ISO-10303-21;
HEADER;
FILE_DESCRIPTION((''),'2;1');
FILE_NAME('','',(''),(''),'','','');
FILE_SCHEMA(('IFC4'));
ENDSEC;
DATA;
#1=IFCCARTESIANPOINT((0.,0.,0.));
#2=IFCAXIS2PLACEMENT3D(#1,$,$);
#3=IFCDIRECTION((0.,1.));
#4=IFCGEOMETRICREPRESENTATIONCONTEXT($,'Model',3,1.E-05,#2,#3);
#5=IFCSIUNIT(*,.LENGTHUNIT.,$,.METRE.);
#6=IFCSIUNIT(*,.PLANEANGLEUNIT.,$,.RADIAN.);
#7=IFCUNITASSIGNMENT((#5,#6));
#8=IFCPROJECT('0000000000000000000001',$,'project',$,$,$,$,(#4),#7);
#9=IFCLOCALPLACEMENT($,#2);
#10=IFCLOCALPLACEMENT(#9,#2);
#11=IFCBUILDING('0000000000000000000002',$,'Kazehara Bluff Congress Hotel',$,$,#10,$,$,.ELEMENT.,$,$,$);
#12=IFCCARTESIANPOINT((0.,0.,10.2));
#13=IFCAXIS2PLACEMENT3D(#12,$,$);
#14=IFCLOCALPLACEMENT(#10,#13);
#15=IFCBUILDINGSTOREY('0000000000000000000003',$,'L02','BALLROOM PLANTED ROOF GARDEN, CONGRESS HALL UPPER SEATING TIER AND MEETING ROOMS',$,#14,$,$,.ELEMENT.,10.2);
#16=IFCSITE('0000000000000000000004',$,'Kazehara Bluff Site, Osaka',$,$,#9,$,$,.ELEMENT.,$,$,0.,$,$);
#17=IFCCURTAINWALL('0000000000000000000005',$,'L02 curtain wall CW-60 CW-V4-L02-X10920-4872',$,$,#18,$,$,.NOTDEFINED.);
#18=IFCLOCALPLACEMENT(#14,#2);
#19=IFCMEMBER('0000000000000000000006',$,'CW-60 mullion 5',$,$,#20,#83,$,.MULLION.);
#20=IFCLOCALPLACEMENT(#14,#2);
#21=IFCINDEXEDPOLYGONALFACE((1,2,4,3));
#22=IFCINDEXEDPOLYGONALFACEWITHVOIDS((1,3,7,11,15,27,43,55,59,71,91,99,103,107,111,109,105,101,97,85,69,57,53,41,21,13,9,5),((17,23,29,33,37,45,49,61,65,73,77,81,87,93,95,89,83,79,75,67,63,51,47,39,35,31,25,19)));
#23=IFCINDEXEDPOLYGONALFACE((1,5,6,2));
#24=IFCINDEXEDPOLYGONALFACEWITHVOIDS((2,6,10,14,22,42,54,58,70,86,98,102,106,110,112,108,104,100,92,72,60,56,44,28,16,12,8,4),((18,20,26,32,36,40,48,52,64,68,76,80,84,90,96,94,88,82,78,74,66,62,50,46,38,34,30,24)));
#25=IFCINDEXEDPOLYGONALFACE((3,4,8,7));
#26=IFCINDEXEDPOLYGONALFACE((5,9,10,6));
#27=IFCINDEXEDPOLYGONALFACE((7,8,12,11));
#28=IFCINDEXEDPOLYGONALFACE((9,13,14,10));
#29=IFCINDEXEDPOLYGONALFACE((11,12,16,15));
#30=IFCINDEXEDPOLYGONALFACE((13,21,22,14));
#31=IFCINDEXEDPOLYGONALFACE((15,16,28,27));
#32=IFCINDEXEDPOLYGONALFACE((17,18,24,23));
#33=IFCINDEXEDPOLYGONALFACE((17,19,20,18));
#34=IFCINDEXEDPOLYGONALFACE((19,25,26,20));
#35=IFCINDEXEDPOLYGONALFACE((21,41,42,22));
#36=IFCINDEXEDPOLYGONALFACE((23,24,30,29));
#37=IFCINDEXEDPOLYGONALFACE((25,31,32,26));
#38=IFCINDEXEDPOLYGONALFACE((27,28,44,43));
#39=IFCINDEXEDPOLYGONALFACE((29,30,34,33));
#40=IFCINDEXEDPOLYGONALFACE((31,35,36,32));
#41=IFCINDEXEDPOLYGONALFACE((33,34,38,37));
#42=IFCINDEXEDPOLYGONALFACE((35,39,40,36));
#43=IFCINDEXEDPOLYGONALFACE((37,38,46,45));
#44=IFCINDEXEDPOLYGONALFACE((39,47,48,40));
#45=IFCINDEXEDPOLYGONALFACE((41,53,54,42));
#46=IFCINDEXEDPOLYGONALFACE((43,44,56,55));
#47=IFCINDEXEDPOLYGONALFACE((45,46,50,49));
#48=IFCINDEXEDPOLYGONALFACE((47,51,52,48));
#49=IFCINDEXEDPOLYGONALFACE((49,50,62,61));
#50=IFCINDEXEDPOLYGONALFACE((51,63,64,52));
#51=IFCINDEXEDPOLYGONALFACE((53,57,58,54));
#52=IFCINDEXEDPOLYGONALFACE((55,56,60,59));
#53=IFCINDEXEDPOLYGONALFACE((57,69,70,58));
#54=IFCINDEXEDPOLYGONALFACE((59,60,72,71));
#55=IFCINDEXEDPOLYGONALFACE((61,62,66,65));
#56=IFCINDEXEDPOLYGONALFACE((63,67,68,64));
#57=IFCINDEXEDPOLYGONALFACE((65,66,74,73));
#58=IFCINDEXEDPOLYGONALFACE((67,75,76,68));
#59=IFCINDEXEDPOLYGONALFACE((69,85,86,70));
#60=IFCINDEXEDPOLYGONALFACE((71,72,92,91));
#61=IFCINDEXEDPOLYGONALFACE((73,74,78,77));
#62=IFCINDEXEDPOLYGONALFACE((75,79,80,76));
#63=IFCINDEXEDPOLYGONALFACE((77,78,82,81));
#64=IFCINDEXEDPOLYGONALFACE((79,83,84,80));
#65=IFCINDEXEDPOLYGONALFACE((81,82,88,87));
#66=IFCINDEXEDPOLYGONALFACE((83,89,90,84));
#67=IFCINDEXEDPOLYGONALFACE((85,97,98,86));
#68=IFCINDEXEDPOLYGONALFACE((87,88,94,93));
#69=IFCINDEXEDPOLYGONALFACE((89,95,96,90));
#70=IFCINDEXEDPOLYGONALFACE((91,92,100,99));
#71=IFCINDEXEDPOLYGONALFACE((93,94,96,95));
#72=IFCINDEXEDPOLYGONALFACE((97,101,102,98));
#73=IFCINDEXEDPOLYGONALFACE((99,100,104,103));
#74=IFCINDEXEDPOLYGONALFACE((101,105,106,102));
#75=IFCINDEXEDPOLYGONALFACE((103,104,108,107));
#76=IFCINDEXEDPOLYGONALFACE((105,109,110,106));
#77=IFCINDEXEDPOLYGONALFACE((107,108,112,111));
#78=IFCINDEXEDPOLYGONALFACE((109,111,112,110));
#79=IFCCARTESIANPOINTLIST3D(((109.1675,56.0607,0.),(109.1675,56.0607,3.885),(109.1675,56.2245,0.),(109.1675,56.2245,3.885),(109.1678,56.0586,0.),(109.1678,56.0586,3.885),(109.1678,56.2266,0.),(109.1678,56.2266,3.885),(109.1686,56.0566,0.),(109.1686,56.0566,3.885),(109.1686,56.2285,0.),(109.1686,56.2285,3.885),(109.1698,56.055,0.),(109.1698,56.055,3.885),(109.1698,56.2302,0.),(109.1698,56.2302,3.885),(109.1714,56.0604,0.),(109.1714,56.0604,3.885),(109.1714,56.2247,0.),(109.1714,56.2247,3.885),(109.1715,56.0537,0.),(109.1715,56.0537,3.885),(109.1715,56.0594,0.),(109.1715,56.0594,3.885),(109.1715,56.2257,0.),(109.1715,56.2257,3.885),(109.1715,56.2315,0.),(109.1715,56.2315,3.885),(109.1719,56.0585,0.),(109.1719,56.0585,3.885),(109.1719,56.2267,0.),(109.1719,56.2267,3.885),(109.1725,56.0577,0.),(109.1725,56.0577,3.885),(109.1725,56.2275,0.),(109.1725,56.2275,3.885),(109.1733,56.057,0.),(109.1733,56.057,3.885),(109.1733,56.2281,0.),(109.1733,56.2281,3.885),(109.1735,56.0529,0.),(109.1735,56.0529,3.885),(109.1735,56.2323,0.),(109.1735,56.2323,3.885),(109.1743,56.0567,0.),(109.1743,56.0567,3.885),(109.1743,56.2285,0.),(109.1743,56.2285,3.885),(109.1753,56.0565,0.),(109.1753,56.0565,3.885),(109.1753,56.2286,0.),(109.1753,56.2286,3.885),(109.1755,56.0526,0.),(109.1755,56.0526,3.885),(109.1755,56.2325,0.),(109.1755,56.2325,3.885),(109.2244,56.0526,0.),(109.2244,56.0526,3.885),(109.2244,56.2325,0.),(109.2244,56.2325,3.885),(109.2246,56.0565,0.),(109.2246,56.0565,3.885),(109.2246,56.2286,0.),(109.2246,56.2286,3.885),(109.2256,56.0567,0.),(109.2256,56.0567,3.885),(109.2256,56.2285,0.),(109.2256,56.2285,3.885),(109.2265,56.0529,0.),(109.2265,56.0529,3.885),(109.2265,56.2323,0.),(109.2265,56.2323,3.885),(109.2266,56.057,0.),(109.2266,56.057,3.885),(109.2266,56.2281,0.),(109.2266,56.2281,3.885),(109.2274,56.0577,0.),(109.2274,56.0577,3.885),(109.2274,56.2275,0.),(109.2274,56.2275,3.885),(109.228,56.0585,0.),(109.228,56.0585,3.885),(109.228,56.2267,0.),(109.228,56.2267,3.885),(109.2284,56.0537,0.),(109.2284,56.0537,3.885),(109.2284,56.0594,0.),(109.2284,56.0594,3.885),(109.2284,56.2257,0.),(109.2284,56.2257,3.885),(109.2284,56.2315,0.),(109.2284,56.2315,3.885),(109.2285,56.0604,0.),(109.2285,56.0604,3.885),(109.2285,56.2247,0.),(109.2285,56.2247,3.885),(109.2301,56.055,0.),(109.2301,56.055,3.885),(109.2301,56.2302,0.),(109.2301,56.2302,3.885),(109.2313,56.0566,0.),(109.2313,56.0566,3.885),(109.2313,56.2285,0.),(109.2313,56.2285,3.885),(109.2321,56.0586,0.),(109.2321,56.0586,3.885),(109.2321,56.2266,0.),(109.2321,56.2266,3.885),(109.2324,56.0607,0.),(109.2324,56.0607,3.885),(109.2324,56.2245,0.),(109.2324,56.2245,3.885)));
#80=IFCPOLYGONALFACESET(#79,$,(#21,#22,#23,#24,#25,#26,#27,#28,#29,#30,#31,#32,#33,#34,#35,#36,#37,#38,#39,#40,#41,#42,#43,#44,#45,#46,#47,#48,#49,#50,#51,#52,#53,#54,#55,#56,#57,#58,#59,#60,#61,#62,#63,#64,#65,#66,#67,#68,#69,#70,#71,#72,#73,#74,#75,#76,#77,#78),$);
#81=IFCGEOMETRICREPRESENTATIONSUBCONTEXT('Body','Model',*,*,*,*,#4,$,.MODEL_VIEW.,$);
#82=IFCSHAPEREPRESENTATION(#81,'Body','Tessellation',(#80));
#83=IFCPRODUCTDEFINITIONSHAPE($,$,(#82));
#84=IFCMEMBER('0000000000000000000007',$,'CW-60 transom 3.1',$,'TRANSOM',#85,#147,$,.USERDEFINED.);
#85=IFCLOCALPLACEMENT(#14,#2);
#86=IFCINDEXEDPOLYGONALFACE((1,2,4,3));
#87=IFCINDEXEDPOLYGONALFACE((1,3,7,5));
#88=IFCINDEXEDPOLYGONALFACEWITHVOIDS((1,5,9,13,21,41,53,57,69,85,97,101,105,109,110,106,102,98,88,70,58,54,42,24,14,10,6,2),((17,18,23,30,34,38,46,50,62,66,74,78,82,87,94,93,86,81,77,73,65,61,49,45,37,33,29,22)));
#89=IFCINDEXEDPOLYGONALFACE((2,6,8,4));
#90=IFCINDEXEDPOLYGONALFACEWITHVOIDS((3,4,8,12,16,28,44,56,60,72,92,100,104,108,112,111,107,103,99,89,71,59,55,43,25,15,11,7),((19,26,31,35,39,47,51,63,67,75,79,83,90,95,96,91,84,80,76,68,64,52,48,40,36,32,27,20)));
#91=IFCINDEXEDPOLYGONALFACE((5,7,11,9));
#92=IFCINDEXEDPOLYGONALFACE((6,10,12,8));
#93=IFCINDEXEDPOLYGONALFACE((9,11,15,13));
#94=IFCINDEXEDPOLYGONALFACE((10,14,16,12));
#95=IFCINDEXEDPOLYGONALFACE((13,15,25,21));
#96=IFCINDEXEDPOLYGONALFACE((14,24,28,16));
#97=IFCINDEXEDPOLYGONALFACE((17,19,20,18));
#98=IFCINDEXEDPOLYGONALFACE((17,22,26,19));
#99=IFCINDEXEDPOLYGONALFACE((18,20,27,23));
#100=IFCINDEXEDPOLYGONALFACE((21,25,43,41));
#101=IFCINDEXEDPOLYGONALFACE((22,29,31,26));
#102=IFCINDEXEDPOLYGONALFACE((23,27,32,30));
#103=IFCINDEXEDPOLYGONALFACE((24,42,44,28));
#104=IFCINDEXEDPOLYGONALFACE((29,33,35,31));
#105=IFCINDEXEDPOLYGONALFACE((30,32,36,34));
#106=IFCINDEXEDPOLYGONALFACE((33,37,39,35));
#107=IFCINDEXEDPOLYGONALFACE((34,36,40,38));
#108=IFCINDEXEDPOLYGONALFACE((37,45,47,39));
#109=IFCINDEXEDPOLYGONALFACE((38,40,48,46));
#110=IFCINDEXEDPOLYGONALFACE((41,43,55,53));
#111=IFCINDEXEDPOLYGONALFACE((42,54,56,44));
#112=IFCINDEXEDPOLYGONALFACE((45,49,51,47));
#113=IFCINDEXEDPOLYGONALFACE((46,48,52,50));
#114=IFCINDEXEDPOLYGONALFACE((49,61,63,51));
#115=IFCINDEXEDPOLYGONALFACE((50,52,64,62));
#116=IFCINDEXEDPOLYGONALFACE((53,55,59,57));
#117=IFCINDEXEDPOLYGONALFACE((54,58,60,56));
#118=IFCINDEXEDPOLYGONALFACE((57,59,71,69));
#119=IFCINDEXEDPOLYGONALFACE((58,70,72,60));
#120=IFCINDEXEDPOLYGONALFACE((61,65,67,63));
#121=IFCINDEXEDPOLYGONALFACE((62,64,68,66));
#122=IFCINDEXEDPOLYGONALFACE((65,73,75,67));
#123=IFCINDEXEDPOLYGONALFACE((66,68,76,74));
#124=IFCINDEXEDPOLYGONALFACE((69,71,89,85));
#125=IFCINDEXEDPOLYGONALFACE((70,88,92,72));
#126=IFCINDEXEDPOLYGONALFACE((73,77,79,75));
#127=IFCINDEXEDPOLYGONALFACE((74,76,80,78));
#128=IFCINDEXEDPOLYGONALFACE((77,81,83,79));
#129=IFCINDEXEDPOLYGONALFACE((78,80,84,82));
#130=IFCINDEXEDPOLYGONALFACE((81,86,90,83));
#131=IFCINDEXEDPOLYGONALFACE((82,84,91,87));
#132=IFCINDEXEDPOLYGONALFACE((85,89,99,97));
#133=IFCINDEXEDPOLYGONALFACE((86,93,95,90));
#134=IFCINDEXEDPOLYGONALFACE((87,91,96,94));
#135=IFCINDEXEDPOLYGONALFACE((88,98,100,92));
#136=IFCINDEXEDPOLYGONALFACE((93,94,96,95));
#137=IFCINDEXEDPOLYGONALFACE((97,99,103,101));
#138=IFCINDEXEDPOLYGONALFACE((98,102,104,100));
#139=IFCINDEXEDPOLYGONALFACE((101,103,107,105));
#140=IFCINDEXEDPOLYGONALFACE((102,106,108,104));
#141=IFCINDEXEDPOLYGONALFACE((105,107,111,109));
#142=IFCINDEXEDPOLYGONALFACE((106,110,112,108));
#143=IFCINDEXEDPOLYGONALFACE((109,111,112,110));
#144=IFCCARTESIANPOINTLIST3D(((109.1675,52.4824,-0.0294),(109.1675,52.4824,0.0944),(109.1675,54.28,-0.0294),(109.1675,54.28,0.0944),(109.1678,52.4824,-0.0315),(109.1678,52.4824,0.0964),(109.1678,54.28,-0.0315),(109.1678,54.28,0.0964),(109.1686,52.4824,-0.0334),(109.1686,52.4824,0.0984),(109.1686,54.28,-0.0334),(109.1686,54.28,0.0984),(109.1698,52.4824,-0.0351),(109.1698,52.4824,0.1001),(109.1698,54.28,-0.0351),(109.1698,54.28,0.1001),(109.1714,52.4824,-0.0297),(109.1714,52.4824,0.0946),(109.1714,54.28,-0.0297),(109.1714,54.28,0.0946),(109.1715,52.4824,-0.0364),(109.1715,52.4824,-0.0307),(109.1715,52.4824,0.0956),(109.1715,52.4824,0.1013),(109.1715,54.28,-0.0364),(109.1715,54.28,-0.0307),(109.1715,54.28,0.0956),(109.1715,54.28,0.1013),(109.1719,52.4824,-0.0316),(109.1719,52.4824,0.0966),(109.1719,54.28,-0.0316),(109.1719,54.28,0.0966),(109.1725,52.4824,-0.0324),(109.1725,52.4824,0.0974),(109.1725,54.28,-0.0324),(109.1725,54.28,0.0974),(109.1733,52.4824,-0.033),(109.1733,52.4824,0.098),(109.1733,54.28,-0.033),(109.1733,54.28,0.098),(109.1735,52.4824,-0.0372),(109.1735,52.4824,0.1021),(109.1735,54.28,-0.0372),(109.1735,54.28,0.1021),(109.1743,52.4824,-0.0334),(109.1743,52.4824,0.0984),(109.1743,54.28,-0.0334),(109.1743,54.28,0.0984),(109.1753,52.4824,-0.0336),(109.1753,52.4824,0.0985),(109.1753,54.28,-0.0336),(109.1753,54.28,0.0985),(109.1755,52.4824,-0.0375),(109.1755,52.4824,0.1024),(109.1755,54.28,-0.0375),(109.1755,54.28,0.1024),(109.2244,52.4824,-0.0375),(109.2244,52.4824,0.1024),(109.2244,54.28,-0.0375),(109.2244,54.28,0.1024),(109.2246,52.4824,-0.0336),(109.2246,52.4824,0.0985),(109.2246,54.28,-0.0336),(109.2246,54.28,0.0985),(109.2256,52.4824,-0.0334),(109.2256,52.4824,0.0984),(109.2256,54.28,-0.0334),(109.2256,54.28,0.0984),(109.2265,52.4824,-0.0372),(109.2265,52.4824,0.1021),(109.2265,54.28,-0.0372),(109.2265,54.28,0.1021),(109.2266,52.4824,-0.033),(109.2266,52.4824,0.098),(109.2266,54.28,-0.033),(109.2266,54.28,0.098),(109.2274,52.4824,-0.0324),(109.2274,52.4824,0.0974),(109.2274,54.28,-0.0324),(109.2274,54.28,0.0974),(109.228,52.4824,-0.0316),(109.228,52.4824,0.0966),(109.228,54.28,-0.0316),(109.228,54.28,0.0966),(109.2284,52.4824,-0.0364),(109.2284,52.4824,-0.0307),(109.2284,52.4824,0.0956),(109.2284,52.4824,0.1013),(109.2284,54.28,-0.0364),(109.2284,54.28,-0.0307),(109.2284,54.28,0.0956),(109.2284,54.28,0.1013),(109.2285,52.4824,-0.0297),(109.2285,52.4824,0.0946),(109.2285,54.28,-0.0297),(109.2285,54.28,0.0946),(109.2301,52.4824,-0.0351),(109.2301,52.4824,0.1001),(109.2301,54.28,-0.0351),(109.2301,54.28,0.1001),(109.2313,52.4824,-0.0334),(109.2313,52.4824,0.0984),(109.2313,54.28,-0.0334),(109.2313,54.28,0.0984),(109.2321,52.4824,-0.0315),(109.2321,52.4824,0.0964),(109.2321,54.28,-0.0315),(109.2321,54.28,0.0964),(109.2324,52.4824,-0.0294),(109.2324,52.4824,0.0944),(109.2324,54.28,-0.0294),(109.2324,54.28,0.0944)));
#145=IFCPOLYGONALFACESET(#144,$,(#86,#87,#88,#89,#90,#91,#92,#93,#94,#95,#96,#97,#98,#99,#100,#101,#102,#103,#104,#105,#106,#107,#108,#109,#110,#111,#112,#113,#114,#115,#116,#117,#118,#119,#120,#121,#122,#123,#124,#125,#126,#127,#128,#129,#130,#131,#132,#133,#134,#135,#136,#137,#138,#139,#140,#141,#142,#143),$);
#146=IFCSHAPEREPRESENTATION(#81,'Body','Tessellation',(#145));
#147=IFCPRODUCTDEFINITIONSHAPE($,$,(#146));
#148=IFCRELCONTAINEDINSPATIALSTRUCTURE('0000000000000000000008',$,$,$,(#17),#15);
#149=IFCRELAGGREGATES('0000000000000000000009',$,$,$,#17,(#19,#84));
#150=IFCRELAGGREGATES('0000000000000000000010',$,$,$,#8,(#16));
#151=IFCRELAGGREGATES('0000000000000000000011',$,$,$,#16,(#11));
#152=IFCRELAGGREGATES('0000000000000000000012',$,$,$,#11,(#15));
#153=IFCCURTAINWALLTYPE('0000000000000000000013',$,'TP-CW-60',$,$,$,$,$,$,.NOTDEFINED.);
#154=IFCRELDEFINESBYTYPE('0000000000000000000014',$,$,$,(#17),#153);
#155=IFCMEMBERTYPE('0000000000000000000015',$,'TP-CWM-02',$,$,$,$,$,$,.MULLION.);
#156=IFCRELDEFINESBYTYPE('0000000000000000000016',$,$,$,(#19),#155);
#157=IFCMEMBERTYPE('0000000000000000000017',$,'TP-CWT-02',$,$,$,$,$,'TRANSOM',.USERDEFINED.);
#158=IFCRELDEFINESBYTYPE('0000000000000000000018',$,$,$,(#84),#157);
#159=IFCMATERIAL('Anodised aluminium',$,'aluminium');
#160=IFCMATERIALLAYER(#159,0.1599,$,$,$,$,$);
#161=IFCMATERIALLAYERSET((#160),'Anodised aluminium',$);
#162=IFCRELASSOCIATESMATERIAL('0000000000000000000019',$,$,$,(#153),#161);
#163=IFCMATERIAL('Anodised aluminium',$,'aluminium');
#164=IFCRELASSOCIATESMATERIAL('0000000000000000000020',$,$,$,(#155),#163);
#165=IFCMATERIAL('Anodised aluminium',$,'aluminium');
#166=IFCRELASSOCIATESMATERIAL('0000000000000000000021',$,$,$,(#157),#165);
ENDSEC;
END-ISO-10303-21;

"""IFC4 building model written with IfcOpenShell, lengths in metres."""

from ifc_helpers import new_model, si_unit, direction, frame, origin, origin_2d, place, context, subcontext, project, spatial, hollow_rectangle, extrude, material, layer, layer_set, material_profile, profile_set, type_object, element, aggregate, save


model = new_model("IFC4")

# Units and contexts
model_context = context("Model", 3, precision=1e-05, world=origin(), true_north=direction((0.0, 1.0)))
body_context = subcontext(model_context, "Body", "Model", "MODEL_VIEW")
ifc_project = project(units=[si_unit("LENGTHUNIT", "METRE"), si_unit("PLANEANGLEUNIT", "RADIAN")], contexts=[model_context])

# Site, building, storey
site_placement = place(None, origin())
site = spatial("IfcSite", under=ifc_project, at=site_placement, Name="Kazehara Bluff Site, Osaka", CompositionType="ELEMENT", RefElevation=0.0)
building_placement = place(site_placement, origin())
building = spatial("IfcBuilding", under=site, at=building_placement, Name="Kazehara Bluff Congress Hotel", CompositionType="ELEMENT")
storey_placement = place(building_placement, frame((0.0, 0.0, 10.2)))
storey = spatial("IfcBuildingStorey", under=building, at=storey_placement, Name="L02", Description="BALLROOM PLANTED ROOF GARDEN, CONGRESS HALL UPPER SEATING TIER AND MEETING ROOMS", CompositionType="ELEMENT", Elevation=10.2)

# Curtain wall, members
ifc_material_1 = material(Name="Anodised aluminium", Category="aluminium")
ifc_layer_1 = layer(ifc_material_1, 0.1599)
ifc_layer_set_1 = layer_set([ifc_layer_1], Name="Anodised aluminium")
curtain_wall_type = type_object("IfcCurtainWallType", Name="TP-CW-60", PredefinedType="NOTDEFINED", material=ifc_layer_set_1)
curtain_wall_placement = place(storey_placement, origin())
curtain_wall = element("IfcCurtainWall", 1, at=curtain_wall_placement, inside=storey, type_object=curtain_wall_type, Name="L02 curtain wall CW-60 CW-V4-L02-X10920-4872", PredefinedType="NOTDEFINED")
ifc_material_2 = material(Name="Anodised aluminium", Category="aluminium")
ifc_material_profile_1 = material_profile(ifc_material_2, hollow_rectangle(XDim=0.0649, YDim=0.1799, WallThickness=0.0039, InnerFilletRadius=0.0039, OuterFilletRadius=0.0081, at=origin_2d()))
ifc_profile_set_1 = profile_set([ifc_material_profile_1], Name="Anodised aluminium")
member_type_1 = type_object("IfcMemberType", Name="TP-CWM-02", PredefinedType="MULLION", material=ifc_profile_set_1)
member_1_placement = place(storey_placement, frame((109.2, 56.1426, 0.0), z_axis=(0.0, 0.0, 1.0), x_axis=(-1.0, 0.0, 0.0)))
member_1 = element("IfcMember", 2, at=member_1_placement, type_object=member_type_1, Name="CW-60 mullion 5", PredefinedType="MULLION", context=body_context, shape_type="SweptSolid", body=[
    extrude(hollow_rectangle(XDim=0.0649, YDim=0.1799, WallThickness=0.0039, InnerFilletRadius=0.0039, OuterFilletRadius=0.0081, at=origin_2d()), origin(), (0.0, 0.0, 1.0), 3.885),
])
ifc_material_3 = material(Name="Anodised aluminium", Category="aluminium")
ifc_material_profile_2 = material_profile(ifc_material_3, hollow_rectangle(XDim=0.0649, YDim=0.1399, WallThickness=0.0039, InnerFilletRadius=0.0039, OuterFilletRadius=0.0081, at=origin_2d()))
ifc_profile_set_2 = profile_set([ifc_material_profile_2], Name="Anodised aluminium")
member_type_2 = type_object("IfcMemberType", Name="TP-CWT-02", ElementType="TRANSOM", PredefinedType="USERDEFINED", material=ifc_profile_set_2)
member_2_placement = place(storey_placement, frame((109.2, 52.4824, 0.0325), z_axis=(0.0, 1.0, 0.0), x_axis=(-1.0, 0.0, 0.0)))
member_2 = element("IfcMember", 3, at=member_2_placement, type_object=member_type_2, Name="CW-60 transom 3.1", ObjectType="TRANSOM", PredefinedType="USERDEFINED", context=body_context, shape_type="SweptSolid", body=[
    extrude(hollow_rectangle(XDim=0.0649, YDim=0.1399, WallThickness=0.0039, InnerFilletRadius=0.0039, OuterFilletRadius=0.0081, at=origin_2d()), origin(), (0.0, 0.0, 1.0), 1.7976),
])

aggregate(curtain_wall, [member_1, member_2])

save(model, "model.ifc")
